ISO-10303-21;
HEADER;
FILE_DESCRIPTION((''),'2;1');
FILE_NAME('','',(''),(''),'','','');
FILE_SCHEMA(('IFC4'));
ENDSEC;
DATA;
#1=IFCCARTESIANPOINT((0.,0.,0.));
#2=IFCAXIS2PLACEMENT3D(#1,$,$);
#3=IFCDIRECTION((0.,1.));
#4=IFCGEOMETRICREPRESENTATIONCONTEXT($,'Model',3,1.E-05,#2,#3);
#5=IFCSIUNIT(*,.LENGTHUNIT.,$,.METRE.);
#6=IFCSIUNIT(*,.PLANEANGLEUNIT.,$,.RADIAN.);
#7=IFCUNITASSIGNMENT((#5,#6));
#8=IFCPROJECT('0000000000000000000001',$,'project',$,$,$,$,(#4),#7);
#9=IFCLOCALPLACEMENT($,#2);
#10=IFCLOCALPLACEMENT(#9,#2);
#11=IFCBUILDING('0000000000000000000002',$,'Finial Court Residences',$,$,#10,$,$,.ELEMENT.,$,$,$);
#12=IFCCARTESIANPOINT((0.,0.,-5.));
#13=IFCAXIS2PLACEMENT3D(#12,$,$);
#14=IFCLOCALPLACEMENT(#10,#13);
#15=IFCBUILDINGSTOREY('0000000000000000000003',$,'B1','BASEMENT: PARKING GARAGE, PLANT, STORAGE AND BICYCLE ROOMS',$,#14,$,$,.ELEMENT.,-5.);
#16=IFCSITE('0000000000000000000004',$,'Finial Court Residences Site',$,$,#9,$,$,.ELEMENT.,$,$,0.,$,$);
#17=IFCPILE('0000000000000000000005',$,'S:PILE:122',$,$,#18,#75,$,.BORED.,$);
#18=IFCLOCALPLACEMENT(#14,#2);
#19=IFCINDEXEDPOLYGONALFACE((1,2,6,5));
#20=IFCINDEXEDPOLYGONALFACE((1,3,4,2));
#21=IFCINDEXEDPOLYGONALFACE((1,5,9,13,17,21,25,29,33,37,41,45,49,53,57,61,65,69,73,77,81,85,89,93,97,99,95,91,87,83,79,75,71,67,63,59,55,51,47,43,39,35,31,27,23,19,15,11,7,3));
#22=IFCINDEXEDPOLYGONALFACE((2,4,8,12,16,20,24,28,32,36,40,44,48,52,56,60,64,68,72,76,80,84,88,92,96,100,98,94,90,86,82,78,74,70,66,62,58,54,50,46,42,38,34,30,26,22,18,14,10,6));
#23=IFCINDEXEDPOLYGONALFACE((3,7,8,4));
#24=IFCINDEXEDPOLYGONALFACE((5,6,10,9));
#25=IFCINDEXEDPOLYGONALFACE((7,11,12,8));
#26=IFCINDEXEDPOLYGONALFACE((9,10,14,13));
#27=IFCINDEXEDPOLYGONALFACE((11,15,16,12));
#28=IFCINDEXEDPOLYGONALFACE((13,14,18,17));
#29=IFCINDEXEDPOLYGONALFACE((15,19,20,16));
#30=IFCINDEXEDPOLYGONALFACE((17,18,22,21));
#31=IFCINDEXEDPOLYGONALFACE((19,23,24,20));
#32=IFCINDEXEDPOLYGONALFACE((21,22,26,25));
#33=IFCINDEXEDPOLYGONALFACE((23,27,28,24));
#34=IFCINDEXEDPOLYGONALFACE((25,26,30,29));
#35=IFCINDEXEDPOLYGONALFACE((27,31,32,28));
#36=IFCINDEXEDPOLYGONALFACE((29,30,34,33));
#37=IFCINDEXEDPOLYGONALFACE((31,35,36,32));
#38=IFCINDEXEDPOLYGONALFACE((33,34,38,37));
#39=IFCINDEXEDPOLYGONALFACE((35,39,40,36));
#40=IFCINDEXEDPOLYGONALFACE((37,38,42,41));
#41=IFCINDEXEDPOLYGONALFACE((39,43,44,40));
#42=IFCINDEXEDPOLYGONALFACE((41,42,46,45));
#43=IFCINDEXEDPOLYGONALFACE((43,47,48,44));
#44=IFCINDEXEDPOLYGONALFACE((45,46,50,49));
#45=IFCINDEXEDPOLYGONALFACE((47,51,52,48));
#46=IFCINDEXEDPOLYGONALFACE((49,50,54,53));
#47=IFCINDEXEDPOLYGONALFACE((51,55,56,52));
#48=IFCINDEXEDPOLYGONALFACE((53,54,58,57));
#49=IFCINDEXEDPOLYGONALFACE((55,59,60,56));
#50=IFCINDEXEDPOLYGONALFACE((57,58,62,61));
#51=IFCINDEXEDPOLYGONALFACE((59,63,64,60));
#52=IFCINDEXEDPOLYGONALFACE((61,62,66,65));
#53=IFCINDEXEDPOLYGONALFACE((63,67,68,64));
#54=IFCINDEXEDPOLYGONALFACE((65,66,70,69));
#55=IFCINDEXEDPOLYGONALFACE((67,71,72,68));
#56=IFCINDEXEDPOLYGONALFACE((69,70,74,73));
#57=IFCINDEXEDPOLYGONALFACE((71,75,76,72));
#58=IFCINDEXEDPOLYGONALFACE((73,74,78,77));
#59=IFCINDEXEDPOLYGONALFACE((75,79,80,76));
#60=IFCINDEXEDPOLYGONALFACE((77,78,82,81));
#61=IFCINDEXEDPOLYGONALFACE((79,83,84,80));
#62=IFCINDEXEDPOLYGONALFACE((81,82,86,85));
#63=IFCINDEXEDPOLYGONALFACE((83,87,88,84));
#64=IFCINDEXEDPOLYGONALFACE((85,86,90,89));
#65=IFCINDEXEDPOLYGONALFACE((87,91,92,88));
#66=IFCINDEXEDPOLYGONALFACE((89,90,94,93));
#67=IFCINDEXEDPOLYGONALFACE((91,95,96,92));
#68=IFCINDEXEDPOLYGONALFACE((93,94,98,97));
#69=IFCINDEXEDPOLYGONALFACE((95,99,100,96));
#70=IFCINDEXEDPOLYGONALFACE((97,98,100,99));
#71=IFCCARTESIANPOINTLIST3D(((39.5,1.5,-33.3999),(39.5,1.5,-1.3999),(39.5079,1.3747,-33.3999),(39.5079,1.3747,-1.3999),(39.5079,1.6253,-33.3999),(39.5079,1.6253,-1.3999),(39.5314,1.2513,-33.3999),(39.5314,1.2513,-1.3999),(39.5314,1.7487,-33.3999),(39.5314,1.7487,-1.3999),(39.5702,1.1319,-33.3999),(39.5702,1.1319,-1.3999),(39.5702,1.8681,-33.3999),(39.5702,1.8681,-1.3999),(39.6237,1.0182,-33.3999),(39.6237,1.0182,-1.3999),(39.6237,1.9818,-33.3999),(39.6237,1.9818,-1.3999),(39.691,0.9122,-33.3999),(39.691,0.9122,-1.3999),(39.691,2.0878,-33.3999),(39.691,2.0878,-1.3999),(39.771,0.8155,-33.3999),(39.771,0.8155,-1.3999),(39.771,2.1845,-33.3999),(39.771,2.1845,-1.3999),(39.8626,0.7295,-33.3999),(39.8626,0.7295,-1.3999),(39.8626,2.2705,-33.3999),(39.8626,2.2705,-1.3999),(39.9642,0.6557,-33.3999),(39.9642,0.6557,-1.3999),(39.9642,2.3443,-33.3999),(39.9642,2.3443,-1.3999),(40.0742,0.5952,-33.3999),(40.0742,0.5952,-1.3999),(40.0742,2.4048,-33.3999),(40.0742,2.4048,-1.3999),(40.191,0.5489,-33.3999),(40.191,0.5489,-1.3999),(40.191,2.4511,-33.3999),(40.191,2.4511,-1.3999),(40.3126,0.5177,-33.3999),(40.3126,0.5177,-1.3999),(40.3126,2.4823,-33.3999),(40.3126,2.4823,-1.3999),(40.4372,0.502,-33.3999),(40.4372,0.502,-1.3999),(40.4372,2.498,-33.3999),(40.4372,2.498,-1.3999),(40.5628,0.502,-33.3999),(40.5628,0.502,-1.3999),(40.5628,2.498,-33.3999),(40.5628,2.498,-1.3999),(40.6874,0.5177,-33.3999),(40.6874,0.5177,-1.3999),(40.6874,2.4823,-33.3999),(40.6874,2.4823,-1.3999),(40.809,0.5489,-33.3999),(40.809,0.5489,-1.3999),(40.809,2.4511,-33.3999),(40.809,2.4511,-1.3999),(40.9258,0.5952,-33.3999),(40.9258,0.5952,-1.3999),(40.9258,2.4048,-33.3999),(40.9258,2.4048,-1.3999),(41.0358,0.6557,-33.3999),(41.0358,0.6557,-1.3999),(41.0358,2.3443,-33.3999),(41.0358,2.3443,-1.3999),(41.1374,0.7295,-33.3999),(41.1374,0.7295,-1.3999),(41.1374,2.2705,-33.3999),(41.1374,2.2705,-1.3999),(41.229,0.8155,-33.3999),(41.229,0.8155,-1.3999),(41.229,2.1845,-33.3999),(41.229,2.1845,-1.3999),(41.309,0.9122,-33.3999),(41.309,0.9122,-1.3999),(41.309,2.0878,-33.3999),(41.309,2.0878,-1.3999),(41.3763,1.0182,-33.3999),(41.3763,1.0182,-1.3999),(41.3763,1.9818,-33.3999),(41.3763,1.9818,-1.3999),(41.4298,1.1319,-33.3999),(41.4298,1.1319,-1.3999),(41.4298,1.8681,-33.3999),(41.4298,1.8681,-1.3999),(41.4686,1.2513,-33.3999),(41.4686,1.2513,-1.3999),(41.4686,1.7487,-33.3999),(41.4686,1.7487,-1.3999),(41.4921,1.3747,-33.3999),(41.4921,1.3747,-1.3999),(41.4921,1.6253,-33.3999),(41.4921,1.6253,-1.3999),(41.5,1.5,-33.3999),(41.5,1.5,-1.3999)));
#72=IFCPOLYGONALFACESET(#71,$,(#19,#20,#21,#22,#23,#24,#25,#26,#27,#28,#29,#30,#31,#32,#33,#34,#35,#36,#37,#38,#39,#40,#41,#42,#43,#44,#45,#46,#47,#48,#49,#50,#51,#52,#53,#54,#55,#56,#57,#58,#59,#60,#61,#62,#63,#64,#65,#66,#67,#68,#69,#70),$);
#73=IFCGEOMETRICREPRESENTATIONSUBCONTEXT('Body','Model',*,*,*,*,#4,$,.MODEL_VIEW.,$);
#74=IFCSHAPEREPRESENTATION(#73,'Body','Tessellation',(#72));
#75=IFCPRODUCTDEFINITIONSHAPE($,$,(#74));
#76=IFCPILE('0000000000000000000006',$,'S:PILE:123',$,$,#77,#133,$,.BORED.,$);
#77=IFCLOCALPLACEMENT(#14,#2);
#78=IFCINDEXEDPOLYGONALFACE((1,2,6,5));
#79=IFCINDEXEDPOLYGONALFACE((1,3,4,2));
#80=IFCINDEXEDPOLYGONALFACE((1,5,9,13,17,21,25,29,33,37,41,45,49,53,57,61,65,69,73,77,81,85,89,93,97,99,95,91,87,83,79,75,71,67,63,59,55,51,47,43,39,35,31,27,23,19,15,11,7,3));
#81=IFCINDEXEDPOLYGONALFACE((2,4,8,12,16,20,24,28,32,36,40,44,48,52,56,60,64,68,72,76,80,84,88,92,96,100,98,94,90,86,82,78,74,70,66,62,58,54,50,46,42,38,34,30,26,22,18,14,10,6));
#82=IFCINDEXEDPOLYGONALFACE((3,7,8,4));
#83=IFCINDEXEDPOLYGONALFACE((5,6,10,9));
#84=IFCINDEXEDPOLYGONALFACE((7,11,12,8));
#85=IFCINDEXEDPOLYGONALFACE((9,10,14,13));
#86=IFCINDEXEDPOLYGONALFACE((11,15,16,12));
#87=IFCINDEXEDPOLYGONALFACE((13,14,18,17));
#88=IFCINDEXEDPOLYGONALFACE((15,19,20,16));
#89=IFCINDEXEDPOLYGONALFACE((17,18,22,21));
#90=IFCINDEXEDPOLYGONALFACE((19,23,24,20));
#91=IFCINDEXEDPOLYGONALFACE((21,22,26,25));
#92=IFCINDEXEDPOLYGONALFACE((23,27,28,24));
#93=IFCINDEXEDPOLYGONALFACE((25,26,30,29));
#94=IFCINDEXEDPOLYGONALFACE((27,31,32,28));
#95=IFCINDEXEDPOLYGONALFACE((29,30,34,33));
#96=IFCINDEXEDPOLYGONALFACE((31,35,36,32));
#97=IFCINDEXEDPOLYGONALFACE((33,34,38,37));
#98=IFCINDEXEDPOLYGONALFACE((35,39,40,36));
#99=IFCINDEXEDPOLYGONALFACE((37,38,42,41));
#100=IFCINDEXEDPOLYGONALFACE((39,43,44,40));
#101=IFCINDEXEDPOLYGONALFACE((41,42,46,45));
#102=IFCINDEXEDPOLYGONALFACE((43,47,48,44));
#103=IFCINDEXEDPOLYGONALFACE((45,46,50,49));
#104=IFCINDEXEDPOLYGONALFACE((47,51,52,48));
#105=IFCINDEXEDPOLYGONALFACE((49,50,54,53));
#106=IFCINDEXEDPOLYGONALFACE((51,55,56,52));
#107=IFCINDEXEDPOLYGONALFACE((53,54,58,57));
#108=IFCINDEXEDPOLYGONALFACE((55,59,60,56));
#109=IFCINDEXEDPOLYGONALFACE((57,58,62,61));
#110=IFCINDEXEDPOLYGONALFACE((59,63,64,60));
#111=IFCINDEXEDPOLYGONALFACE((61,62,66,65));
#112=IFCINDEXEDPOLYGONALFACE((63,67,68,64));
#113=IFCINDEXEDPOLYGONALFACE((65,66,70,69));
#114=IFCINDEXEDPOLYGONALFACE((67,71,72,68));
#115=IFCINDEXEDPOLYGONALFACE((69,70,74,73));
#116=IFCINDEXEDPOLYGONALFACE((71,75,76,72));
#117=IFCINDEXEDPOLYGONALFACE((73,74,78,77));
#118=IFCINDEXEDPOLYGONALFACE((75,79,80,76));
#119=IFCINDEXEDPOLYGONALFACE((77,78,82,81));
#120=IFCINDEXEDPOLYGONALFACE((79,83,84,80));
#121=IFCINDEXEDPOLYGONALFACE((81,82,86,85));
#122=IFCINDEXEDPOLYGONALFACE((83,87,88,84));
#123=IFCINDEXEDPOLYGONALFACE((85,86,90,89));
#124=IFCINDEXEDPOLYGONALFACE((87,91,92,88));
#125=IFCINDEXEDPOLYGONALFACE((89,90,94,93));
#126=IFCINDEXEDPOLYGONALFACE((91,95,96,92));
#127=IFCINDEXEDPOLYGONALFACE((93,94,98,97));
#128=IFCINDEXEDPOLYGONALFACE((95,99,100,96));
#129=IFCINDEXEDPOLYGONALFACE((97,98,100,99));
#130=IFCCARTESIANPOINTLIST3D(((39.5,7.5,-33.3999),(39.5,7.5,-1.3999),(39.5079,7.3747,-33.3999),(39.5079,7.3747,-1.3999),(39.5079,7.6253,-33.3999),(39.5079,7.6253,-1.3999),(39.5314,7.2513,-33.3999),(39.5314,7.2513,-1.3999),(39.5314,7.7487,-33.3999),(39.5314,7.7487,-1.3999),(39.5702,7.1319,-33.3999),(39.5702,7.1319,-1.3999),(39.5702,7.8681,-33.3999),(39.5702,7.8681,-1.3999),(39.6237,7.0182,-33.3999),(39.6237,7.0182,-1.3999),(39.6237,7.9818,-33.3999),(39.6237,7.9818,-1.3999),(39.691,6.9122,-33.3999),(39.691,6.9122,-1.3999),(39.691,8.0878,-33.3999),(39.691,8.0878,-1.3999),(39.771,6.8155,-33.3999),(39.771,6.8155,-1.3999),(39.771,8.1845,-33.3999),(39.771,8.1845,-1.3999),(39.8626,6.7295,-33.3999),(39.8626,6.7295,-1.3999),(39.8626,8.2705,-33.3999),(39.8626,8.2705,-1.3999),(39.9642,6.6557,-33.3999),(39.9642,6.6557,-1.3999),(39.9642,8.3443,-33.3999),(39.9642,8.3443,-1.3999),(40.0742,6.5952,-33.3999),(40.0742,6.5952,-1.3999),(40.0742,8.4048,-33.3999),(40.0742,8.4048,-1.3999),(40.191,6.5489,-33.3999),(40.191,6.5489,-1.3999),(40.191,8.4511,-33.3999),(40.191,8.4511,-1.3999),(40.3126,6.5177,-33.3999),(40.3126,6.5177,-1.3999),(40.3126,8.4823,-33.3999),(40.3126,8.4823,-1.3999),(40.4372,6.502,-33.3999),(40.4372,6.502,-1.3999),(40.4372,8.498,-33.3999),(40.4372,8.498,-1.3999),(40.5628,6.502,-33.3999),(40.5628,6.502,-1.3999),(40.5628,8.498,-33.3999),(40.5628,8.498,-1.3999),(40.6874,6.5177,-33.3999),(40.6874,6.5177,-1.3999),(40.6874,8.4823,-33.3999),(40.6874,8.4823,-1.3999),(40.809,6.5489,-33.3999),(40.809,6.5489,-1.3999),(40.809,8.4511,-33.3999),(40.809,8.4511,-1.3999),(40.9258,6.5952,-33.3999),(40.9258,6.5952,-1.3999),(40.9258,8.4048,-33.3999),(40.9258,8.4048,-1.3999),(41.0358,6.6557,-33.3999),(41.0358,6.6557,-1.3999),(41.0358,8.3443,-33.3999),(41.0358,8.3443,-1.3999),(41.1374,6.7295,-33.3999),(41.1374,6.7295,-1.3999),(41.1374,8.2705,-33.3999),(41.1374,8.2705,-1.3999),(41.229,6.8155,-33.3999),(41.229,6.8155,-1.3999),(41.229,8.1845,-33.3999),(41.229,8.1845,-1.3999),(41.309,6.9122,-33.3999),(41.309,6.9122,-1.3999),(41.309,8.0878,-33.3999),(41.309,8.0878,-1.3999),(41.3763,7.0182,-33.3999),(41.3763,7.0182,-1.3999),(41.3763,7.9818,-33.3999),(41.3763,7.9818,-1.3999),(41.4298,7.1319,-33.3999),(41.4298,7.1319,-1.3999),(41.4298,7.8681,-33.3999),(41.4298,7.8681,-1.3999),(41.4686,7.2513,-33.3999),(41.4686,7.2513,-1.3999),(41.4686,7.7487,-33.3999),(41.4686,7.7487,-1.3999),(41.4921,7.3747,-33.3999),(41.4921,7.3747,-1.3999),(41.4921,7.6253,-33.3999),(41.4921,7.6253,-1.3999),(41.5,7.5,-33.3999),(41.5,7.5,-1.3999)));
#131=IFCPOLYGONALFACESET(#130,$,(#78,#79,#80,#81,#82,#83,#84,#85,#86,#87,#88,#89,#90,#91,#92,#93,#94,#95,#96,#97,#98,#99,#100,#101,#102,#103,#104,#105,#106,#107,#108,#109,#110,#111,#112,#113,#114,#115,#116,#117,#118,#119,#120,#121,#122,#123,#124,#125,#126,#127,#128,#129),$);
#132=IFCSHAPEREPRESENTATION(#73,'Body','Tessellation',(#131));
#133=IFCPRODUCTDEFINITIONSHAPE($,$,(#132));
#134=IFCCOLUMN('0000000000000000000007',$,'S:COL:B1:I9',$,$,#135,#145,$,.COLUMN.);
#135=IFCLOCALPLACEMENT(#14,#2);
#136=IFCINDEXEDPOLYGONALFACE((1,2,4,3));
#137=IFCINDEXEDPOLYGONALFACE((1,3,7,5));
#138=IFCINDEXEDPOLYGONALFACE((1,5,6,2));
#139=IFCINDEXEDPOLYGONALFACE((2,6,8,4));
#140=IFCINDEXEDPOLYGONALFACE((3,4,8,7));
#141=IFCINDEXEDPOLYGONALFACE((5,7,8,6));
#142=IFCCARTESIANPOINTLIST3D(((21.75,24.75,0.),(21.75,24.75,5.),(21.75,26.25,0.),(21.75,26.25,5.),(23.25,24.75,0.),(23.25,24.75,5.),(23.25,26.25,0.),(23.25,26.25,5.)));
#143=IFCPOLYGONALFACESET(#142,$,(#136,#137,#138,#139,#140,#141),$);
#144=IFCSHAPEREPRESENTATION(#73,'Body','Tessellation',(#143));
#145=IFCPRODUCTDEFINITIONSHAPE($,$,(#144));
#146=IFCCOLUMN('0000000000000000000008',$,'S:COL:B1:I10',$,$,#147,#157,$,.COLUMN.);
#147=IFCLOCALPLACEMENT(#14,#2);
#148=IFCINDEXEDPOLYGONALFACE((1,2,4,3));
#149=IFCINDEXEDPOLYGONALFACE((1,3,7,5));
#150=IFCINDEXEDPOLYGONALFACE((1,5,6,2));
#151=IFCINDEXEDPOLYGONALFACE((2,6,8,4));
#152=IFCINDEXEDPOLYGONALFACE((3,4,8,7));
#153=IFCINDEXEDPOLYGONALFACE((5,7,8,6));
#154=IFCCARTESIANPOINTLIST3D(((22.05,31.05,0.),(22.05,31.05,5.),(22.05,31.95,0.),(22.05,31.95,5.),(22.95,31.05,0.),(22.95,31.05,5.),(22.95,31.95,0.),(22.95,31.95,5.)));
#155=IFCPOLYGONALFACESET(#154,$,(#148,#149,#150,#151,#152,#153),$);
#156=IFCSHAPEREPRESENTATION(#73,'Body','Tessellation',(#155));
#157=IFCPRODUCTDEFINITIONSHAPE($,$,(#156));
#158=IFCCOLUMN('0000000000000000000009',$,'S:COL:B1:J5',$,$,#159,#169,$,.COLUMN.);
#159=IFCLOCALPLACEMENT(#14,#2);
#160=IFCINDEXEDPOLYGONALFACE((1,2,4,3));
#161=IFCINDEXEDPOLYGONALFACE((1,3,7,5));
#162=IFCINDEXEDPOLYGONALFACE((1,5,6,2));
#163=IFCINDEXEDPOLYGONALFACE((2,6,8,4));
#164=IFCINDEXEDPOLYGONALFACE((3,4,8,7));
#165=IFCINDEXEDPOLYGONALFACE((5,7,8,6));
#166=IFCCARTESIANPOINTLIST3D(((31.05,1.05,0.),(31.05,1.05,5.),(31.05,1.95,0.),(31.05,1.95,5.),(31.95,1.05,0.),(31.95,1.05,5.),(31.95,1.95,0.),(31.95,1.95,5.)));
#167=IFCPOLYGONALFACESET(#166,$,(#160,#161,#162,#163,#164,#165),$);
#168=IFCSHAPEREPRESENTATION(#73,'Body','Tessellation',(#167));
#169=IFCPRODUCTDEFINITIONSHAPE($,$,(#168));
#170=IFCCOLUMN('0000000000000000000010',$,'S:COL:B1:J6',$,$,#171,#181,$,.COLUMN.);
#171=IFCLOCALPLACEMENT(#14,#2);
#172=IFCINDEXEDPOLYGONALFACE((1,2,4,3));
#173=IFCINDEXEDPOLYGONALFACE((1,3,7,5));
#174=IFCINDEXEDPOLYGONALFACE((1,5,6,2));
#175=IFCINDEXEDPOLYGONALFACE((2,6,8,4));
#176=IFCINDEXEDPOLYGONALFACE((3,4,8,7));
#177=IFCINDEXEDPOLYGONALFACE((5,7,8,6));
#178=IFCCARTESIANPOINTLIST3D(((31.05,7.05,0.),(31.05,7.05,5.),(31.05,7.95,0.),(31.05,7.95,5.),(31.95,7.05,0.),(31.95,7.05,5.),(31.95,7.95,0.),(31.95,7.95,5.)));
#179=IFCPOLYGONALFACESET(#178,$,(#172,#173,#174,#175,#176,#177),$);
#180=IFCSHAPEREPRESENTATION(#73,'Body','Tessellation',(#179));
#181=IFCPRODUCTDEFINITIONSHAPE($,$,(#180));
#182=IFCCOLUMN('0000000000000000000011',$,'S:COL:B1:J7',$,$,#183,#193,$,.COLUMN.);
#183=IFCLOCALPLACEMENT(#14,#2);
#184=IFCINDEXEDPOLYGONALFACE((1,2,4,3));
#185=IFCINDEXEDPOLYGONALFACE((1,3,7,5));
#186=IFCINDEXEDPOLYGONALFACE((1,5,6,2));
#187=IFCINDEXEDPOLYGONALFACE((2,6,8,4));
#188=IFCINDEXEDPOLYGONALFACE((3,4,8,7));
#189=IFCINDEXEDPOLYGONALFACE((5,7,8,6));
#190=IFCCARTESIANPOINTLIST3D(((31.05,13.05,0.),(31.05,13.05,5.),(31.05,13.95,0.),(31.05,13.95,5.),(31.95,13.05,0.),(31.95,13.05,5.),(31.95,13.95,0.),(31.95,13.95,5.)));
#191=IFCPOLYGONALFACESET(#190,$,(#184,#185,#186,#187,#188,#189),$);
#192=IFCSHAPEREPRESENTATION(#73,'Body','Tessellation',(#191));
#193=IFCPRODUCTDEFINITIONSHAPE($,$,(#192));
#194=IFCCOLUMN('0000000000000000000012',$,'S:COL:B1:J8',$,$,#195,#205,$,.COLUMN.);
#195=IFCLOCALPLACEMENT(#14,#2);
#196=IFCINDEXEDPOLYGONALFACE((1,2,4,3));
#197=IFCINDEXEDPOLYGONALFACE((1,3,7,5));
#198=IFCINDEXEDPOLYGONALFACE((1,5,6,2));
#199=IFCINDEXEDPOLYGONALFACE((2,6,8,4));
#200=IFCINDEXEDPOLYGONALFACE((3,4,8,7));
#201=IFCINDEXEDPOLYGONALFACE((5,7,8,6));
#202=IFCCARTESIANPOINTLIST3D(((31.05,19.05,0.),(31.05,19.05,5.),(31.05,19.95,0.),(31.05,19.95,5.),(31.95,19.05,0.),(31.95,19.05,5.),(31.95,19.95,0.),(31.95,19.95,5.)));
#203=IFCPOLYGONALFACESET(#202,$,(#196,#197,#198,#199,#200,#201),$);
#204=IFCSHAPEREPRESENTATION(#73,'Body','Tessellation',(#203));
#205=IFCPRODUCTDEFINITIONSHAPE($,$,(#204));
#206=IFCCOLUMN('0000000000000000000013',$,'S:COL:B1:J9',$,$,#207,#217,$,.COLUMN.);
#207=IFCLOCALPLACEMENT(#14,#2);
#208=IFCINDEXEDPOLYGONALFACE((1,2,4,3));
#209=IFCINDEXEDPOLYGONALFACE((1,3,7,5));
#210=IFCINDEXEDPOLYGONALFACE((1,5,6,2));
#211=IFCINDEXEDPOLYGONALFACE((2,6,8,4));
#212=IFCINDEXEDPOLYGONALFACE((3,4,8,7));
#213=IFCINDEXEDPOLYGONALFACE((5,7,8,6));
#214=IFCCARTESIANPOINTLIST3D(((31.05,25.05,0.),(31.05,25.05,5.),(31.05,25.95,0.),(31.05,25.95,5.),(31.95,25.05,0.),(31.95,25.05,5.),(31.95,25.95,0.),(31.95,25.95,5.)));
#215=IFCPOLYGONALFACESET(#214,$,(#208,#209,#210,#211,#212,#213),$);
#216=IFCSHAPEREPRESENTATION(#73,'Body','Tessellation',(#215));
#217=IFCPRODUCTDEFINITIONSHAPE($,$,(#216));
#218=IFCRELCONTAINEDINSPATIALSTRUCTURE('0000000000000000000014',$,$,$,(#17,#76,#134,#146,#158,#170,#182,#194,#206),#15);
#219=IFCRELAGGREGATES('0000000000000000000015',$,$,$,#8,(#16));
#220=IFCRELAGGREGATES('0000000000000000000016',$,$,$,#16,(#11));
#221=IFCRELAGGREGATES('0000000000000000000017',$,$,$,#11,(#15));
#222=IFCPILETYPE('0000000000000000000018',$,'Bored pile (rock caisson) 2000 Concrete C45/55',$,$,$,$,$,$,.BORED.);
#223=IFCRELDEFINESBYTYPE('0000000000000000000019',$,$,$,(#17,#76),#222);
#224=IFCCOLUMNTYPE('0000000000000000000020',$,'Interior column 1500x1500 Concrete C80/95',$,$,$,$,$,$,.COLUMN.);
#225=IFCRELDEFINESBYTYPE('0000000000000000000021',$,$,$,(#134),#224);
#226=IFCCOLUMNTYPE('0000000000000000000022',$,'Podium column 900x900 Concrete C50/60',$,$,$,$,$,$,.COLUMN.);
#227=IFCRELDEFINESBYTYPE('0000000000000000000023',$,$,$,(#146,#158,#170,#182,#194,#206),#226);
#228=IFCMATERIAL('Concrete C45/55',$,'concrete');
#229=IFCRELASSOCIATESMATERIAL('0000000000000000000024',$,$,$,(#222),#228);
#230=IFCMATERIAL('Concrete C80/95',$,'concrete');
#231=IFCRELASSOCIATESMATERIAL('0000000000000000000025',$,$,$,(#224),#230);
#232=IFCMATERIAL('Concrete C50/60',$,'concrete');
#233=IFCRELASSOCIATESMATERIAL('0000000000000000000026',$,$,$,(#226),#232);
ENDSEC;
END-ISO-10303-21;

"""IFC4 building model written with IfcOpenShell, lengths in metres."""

from ifc_helpers import new_model, si_unit, direction, frame, origin, origin_2d, place, context, subcontext, project, spatial, rectangle, circle, extrude, material, material_profile, profile_set, type_object, element, save


model = new_model("IFC4")

# Units and contexts
model_context = context("Model", 3, precision=1e-05, world=origin(), true_north=direction((0.0, 1.0)))
body_context = subcontext(model_context, "Body", "Model", "MODEL_VIEW")
ifc_project = project(units=[si_unit("LENGTHUNIT", "METRE"), si_unit("PLANEANGLEUNIT", "RADIAN")], contexts=[model_context])

# Site, building, storey
site_placement = place(None, origin())
site = spatial("IfcSite", under=ifc_project, at=site_placement, Name="Finial Court Residences Site", CompositionType="ELEMENT", RefElevation=0.0)
building_placement = place(site_placement, origin())
building = spatial("IfcBuilding", under=site, at=building_placement, Name="Finial Court Residences", CompositionType="ELEMENT")
storey_placement = place(building_placement, frame((0.0, 0.0, -5.0)))
storey = spatial("IfcBuildingStorey", under=building, at=storey_placement, Name="B1", Description="BASEMENT: PARKING GARAGE, PLANT, STORAGE AND BICYCLE ROOMS", CompositionType="ELEMENT", Elevation=-5.0)

# Piles
ifc_material_1 = material(Name="Concrete C45/55", Category="concrete")
ifc_material_profile_1 = material_profile(ifc_material_1, circle(Radius=1.0, at=origin_2d()), Name="D2000")
ifc_profile_set_1 = profile_set([ifc_material_profile_1], Name="Concrete C45/55")
pile_type = type_object("IfcPileType", Name="Bored pile (rock caisson) 2000 Concrete C45/55", PredefinedType="BORED", material=ifc_profile_set_1)
for number, where, z_axis, x_axis, name in (
    (1, (40.5, 1.5, -1.3999), (0.0, 0.0, -1.0), (1.0, 0.0, 0.0), "S:PILE:122"),
    (2, (40.5, 7.5, -1.3999), (0.0, 0.0, -1.0), (1.0, 0.0, 0.0), "S:PILE:123"),
):
    element("IfcPile", number, at=place(storey_placement, frame(where, z_axis=z_axis, x_axis=x_axis)), inside=storey, type_object=pile_type, Name=name, PredefinedType="BORED", context=body_context, shape_type="SweptSolid", body=[
        extrude(circle(Radius=1.0, at=origin_2d()), origin(), (0.0, 0.0, 1.0), 32.0),
    ])

# Columns
ifc_material_2 = material(Name="Concrete C80/95", Category="concrete")
ifc_material_profile_2 = material_profile(ifc_material_2, rectangle(XDim=1.5, YDim=1.5, at=origin_2d()), Name="1500x1500")
ifc_profile_set_2 = profile_set([ifc_material_profile_2], Name="Concrete C80/95")
column_type_1 = type_object("IfcColumnType", Name="Interior column 1500x1500 Concrete C80/95", PredefinedType="COLUMN", material=ifc_profile_set_2)
column_placement = place(storey_placement, frame((22.5, 25.5, 0.0), z_axis=(0.0, 0.0, 1.0), x_axis=(1.0, 0.0, 0.0)))
element("IfcColumn", 3, at=column_placement, inside=storey, type_object=column_type_1, Name="S:COL:B1:I9", PredefinedType="COLUMN", context=body_context, shape_type="SweptSolid", body=[
    extrude(rectangle(XDim=1.5, YDim=1.5, at=origin_2d()), origin(), (0.0, 0.0, 1.0), 5.0),
])
ifc_material_3 = material(Name="Concrete C50/60", Category="concrete")
ifc_material_profile_3 = material_profile(ifc_material_3, rectangle(XDim=0.8999, YDim=0.8999, at=origin_2d()), Name="900x900")
ifc_profile_set_3 = profile_set([ifc_material_profile_3], Name="Concrete C50/60")
column_type_2 = type_object("IfcColumnType", Name="Podium column 900x900 Concrete C50/60", PredefinedType="COLUMN", material=ifc_profile_set_3)
for number, where, z_axis, x_axis, name in (
    (4, (22.5, 31.5, 0.0), (0.0, 0.0, 1.0), (1.0, 0.0, 0.0), "S:COL:B1:I10"),
    (5, (31.5, 1.5, 0.0), (0.0, 0.0, 1.0), (1.0, 0.0, 0.0), "S:COL:B1:J5"),
    (6, (31.5, 7.5, 0.0), (0.0, 0.0, 1.0), (1.0, 0.0, 0.0), "S:COL:B1:J6"),
    (7, (31.5, 13.5, 0.0), (0.0, 0.0, 1.0), (1.0, 0.0, 0.0), "S:COL:B1:J7"),
    (8, (31.5, 19.5, 0.0), (0.0, 0.0, 1.0), (1.0, 0.0, 0.0), "S:COL:B1:J8"),
    (9, (31.5, 25.5, 0.0), (0.0, 0.0, 1.0), (1.0, 0.0, 0.0), "S:COL:B1:J9"),
):
    element("IfcColumn", number, at=place(storey_placement, frame(where, z_axis=z_axis, x_axis=x_axis)), inside=storey, type_object=column_type_2, Name=name, PredefinedType="COLUMN", context=body_context, shape_type="SweptSolid", body=[
        extrude(rectangle(XDim=0.8999, YDim=0.8999, at=origin_2d()), origin(), (0.0, 0.0, 1.0), 5.0),
    ])

save(model, "model.ifc")
